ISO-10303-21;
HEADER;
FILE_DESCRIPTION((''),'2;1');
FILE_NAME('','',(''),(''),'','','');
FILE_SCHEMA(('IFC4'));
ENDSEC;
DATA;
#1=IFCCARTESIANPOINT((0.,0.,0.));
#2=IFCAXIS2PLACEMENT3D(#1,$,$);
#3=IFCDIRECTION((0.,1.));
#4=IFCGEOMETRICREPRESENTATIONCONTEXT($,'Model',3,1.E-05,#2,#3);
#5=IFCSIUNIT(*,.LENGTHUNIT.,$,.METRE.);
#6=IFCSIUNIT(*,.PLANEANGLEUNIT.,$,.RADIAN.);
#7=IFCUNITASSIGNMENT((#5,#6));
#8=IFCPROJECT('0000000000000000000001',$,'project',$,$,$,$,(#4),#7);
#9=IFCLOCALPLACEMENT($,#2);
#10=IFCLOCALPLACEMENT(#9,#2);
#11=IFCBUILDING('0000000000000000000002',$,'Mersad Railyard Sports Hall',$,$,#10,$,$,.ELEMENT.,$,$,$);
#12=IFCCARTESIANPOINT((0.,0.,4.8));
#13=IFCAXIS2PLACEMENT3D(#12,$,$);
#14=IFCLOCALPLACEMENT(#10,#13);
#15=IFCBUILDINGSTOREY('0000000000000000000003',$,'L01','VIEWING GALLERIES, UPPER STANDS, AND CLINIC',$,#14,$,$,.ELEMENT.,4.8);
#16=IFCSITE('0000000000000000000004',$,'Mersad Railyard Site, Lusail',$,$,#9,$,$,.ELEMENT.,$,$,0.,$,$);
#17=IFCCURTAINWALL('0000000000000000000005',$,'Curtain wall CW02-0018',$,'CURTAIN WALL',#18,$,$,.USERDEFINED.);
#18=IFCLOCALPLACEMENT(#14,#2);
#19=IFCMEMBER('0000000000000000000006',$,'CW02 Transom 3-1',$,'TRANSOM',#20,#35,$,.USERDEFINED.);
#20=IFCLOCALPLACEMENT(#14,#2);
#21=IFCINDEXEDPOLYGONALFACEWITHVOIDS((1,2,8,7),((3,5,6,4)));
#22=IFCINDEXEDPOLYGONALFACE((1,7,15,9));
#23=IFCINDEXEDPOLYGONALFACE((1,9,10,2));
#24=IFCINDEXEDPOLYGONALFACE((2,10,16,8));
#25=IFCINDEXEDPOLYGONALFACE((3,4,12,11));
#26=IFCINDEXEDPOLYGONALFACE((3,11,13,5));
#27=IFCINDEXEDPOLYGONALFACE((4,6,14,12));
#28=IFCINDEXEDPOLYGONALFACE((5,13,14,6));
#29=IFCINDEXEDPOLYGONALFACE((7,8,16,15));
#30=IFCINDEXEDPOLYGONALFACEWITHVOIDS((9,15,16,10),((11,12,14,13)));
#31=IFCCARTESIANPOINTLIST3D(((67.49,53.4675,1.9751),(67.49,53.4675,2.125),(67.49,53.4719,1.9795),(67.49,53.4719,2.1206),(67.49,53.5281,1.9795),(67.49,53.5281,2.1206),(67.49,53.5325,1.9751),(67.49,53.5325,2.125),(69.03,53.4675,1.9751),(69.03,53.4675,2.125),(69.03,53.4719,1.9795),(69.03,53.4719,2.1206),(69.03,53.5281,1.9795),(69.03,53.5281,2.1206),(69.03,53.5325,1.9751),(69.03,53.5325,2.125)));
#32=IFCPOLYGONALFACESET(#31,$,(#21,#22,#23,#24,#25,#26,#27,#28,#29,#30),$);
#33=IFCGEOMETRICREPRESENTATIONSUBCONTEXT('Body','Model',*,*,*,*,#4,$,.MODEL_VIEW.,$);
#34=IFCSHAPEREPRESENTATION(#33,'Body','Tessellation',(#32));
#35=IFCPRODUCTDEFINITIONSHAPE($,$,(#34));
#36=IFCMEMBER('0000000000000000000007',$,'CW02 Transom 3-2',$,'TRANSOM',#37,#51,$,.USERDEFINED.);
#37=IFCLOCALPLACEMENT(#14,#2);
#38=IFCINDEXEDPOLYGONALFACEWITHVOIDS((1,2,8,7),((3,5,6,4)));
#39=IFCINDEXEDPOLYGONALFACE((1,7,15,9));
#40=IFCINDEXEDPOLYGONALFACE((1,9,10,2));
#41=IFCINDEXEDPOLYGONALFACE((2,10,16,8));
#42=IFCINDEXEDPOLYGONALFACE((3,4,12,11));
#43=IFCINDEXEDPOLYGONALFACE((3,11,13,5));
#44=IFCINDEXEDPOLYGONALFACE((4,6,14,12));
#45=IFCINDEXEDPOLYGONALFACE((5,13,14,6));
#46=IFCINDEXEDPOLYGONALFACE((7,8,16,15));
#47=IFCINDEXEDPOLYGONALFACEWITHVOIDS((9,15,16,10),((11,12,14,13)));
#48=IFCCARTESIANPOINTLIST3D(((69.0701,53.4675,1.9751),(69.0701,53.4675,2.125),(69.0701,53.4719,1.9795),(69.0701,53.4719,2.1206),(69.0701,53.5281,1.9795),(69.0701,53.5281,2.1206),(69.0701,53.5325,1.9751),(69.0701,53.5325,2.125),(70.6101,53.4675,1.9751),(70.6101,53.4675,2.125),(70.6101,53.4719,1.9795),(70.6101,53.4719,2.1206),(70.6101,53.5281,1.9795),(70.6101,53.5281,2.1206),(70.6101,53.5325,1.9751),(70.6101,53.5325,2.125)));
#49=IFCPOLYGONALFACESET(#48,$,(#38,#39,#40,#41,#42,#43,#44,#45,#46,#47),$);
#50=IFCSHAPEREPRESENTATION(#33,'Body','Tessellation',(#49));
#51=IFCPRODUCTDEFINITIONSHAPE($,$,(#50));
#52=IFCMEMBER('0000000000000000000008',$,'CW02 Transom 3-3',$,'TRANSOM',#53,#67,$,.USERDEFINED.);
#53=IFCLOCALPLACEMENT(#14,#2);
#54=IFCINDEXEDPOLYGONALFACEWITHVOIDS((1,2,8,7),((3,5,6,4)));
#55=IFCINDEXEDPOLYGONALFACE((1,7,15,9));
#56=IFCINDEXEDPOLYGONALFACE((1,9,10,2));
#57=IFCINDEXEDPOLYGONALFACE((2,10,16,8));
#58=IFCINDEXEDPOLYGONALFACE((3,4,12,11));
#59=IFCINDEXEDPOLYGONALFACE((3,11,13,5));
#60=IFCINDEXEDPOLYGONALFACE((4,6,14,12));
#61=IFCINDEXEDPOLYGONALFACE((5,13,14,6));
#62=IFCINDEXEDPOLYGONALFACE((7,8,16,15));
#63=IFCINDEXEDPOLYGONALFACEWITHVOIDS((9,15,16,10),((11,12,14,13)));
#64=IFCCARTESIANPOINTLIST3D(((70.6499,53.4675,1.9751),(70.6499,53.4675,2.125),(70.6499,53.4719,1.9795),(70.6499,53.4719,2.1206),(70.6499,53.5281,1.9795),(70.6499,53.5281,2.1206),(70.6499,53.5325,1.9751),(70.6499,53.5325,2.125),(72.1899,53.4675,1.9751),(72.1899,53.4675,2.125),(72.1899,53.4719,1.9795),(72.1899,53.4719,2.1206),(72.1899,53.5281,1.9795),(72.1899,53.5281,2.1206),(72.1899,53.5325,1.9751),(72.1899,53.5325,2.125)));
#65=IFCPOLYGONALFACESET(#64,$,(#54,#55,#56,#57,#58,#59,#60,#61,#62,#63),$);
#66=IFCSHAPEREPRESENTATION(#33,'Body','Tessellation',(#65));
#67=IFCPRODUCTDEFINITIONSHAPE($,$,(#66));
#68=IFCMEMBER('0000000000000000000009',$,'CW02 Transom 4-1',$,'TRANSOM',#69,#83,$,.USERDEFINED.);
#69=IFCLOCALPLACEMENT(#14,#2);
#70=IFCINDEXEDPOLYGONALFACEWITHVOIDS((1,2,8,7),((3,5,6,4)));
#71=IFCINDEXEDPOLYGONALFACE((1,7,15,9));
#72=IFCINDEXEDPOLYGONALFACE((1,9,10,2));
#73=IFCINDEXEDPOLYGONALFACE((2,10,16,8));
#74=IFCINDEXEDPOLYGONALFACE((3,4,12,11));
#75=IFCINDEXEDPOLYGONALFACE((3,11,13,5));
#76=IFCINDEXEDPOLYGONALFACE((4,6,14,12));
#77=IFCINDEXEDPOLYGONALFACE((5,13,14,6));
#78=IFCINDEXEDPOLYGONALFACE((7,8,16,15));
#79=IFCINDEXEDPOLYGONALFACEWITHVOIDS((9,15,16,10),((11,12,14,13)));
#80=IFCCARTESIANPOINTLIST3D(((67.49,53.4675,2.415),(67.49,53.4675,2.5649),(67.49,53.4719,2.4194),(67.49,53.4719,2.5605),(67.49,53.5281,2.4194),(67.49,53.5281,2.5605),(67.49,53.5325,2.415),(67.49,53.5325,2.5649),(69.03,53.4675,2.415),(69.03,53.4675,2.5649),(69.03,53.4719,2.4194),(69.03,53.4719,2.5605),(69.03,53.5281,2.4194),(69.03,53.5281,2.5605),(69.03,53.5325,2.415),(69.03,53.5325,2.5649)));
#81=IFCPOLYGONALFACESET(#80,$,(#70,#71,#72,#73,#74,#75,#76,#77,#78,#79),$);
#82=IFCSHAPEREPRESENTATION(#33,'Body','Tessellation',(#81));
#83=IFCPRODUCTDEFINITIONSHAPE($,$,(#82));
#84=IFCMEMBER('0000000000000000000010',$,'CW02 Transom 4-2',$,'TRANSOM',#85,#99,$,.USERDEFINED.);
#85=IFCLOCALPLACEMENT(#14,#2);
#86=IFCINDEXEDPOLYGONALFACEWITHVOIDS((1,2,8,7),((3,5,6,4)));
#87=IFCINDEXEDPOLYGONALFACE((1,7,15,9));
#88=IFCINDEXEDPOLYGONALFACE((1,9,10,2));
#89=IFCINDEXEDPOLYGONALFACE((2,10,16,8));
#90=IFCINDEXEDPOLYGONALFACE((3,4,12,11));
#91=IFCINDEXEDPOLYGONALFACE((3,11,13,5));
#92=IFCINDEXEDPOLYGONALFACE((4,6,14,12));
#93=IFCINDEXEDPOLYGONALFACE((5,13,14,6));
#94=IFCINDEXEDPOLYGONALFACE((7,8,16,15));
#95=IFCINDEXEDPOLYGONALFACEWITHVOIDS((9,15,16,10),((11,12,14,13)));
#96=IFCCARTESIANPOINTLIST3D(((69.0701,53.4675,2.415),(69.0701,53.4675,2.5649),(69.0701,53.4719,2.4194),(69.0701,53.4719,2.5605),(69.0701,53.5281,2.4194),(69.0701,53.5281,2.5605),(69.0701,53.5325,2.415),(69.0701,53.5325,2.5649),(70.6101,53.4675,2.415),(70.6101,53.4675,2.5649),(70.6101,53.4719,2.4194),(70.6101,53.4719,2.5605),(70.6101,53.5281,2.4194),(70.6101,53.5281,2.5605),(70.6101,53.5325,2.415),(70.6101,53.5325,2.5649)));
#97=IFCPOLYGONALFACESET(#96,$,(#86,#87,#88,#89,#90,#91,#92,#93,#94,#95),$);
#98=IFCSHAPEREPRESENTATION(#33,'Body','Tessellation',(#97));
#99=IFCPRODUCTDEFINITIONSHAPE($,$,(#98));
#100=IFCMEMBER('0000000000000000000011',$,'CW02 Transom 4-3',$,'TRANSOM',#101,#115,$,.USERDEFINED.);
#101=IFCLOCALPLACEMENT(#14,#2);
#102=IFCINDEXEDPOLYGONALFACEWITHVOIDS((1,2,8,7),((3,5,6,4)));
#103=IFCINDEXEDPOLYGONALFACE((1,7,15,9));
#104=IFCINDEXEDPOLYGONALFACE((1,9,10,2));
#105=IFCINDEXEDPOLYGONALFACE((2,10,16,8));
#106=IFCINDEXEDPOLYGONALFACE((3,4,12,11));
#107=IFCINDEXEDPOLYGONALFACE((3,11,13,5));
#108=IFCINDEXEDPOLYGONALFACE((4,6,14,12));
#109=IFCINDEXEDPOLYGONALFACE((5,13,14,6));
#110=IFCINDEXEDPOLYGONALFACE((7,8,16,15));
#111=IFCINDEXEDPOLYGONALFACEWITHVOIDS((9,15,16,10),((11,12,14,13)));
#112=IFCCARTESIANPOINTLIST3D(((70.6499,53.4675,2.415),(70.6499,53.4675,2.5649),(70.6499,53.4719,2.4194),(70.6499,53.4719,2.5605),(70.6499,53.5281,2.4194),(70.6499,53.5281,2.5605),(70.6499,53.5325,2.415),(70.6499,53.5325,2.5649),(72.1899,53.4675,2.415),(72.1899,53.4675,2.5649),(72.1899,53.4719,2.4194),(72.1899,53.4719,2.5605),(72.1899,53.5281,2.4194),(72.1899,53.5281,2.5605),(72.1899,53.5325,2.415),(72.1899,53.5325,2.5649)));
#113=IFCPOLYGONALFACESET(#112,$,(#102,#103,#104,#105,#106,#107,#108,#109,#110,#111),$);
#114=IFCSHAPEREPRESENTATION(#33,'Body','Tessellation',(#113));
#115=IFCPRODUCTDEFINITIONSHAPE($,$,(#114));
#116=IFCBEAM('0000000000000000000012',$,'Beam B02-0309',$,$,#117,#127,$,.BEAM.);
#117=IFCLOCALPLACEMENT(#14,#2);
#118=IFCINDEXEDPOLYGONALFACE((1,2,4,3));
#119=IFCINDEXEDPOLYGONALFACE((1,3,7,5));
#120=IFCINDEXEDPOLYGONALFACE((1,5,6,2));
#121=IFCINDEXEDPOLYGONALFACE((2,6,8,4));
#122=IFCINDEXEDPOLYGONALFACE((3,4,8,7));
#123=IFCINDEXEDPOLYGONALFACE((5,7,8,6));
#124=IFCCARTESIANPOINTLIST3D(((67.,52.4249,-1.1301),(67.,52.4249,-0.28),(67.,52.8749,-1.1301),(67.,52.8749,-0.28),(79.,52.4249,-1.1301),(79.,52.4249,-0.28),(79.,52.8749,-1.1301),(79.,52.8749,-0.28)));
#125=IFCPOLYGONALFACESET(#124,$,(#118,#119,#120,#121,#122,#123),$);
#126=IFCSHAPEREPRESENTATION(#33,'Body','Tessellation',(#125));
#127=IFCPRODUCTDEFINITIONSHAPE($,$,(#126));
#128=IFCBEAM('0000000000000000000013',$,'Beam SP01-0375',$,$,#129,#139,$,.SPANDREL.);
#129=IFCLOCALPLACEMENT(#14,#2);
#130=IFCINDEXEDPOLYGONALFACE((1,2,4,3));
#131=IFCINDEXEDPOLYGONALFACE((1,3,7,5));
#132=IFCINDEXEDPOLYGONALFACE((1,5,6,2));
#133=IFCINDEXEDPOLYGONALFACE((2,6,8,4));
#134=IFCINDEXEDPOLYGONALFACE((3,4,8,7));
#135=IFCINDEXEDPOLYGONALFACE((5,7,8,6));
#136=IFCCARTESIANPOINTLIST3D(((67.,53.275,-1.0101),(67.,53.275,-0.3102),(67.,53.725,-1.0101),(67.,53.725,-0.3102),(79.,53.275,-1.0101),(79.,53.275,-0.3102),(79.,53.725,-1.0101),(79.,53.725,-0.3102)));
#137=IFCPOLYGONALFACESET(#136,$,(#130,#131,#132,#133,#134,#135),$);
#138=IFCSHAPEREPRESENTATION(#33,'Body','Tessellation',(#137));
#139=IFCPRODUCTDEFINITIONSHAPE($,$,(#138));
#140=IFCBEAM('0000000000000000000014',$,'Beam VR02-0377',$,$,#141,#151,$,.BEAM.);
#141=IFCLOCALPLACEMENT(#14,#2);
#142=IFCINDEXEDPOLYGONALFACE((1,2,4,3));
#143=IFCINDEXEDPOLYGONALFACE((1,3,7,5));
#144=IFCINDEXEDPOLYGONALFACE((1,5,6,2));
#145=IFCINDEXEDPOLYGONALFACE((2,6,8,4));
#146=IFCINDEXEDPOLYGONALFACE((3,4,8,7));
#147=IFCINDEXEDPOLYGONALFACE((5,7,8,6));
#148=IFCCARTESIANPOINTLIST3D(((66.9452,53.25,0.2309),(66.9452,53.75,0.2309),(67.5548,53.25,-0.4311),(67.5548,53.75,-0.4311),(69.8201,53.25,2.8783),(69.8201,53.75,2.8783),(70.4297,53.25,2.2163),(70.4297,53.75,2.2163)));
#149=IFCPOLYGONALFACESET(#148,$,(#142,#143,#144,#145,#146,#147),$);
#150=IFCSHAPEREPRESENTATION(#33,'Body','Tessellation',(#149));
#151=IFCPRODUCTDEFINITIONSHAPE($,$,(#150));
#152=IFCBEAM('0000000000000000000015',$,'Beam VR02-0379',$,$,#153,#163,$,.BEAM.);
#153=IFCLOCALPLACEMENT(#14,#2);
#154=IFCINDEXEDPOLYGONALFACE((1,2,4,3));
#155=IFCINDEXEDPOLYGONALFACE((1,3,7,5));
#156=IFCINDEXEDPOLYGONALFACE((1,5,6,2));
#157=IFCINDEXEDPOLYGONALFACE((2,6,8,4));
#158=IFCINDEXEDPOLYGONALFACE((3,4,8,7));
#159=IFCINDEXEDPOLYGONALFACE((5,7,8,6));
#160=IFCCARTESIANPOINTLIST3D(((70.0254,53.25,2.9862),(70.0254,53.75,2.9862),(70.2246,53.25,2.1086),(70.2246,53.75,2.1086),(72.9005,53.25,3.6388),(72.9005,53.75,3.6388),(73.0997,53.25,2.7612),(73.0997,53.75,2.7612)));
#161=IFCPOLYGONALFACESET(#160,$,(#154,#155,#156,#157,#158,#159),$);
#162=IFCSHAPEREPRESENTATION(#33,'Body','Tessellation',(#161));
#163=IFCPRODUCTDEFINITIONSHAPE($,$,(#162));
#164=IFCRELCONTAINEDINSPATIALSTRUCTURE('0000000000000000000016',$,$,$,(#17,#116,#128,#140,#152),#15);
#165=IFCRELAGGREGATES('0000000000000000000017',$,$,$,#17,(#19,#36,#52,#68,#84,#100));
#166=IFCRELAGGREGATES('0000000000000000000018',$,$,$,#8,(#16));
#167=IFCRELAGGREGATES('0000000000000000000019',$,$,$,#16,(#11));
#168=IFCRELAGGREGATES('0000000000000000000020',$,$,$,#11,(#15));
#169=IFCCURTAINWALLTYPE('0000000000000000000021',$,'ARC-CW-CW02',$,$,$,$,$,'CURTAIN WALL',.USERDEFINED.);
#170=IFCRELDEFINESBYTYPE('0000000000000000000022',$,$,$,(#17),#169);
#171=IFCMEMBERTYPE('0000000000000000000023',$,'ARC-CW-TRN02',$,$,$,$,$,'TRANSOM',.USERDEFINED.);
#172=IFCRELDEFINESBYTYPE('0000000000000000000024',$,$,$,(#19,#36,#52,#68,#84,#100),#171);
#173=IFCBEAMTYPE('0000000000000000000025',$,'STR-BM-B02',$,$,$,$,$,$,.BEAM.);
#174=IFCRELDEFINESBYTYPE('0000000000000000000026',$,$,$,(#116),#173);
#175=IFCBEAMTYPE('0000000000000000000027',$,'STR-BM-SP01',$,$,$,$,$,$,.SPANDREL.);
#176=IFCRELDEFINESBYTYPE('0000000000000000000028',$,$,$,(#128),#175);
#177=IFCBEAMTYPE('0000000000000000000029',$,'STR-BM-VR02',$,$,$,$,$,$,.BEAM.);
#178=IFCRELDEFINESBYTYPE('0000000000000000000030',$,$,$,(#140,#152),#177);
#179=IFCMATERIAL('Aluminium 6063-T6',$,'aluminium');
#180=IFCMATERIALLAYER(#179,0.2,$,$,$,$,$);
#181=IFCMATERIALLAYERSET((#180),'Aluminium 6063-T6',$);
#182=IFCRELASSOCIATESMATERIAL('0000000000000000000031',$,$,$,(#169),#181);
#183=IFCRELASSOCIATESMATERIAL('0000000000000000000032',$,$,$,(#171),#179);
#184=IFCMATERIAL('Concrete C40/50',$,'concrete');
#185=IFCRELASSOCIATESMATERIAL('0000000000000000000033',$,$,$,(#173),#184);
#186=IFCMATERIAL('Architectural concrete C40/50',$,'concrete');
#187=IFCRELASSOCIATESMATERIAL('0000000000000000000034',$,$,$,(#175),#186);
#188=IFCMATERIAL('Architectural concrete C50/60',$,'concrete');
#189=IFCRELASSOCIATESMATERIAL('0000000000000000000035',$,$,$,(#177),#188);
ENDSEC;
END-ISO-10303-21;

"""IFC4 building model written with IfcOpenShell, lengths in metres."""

from ifc_helpers import new_model, si_unit, direction, frame, origin, origin_2d, place, context, subcontext, project, spatial, rectangle, hollow_rectangle, extrude, material, layer, layer_set, material_profile, profile_set, type_object, element, aggregate, save


model = new_model("IFC4")

# Units and contexts
model_context = context("Model", 3, precision=1e-05, world=origin(), true_north=direction((0.0, 1.0)))
body_context = subcontext(model_context, "Body", "Model", "MODEL_VIEW")
ifc_project = project(units=[si_unit("LENGTHUNIT", "METRE"), si_unit("PLANEANGLEUNIT", "RADIAN")], contexts=[model_context])

# Site, building, storey
site_placement = place(None, origin())
site = spatial("IfcSite", under=ifc_project, at=site_placement, Name="Mersad Railyard Site, Lusail", CompositionType="ELEMENT", RefElevation=0.0)
building_placement = place(site_placement, origin())
building = spatial("IfcBuilding", under=site, at=building_placement, Name="Mersad Railyard Sports Hall", CompositionType="ELEMENT")
storey_placement = place(building_placement, frame((0.0, 0.0, 4.8)))
storey = spatial("IfcBuildingStorey", under=building, at=storey_placement, Name="L01", Description="VIEWING GALLERIES, UPPER STANDS, AND CLINIC", CompositionType="ELEMENT", Elevation=4.8)

# Shared definitions
ifc_material_1 = material(Name="Architectural concrete C50/60", Category="concrete")

# Shared definitions
ifc_material_2 = material(Name="Aluminium 6063-T6", Category="aluminium")
ifc_layer_1 = layer(ifc_material_2, 0.2)
ifc_layer_set_1 = layer_set([ifc_layer_1], Name="Aluminium 6063-T6")
curtain_wall_type = type_object("IfcCurtainWallType", Name="ARC-CW-CW02", ElementType="CURTAIN WALL", PredefinedType="USERDEFINED", material=ifc_layer_set_1)

# Curtain wall, members
curtain_wall_1_placement = place(storey_placement, origin())
curtain_wall_1 = element("IfcCurtainWall", 1, at=curtain_wall_1_placement, inside=storey, type_object=curtain_wall_type, Name="Curtain wall CW02-0018", ObjectType="CURTAIN WALL", PredefinedType="USERDEFINED")
ifc_material_profile_1 = material_profile(ifc_material_2, hollow_rectangle(XDim=0.0649, YDim=0.1499, WallThickness=0.0044, at=origin_2d()), Name="AL TRANSOM 65x150x4.5")
ifc_profile_set_1 = profile_set([ifc_material_profile_1], Name="Aluminium 6063-T6")
member_type_1 = type_object("IfcMemberType", Name="ARC-CW-TRN02", ElementType="TRANSOM", PredefinedType="USERDEFINED", material=ifc_profile_set_1)
member_1_placement = place(storey_placement, frame((67.49, 53.5, 2.05), z_axis=(1.0, 0.0, 0.0), x_axis=(0.0, 1.0, 0.0)))
member_1 = element("IfcMember", 2, at=member_1_placement, type_object=member_type_1, Name="CW02 Transom 3-1", ObjectType="TRANSOM", PredefinedType="USERDEFINED", context=body_context, shape_type="SweptSolid", body=[
    extrude(hollow_rectangle(XDim=0.0649, YDim=0.1499, WallThickness=0.0044, at=origin_2d()), origin(), (0.0, 0.0, 1.0), 1.54),
])
member_2_placement = place(storey_placement, frame((69.0701, 53.5, 2.05), z_axis=(1.0, 0.0, 0.0), x_axis=(0.0, 1.0, 0.0)))
member_2 = element("IfcMember", 3, at=member_2_placement, type_object=member_type_1, Name="CW02 Transom 3-2", ObjectType="TRANSOM", PredefinedType="USERDEFINED", context=body_context, shape_type="SweptSolid", body=[
    extrude(hollow_rectangle(XDim=0.0649, YDim=0.1499, WallThickness=0.0044, at=origin_2d()), origin(), (0.0, 0.0, 1.0), 1.54),
])
member_3_placement = place(storey_placement, frame((70.6499, 53.5, 2.05), z_axis=(1.0, 0.0, 0.0), x_axis=(0.0, 1.0, 0.0)))
member_3 = element("IfcMember", 4, at=member_3_placement, type_object=member_type_1, Name="CW02 Transom 3-3", ObjectType="TRANSOM", PredefinedType="USERDEFINED", context=body_context, shape_type="SweptSolid", body=[
    extrude(hollow_rectangle(XDim=0.0649, YDim=0.1499, WallThickness=0.0044, at=origin_2d()), origin(), (0.0, 0.0, 1.0), 1.54),
])
member_4_placement = place(storey_placement, frame((67.49, 53.5, 2.49), z_axis=(1.0, 0.0, 0.0), x_axis=(0.0, 1.0, 0.0)))
member_4 = element("IfcMember", 5, at=member_4_placement, type_object=member_type_1, Name="CW02 Transom 4-1", ObjectType="TRANSOM", PredefinedType="USERDEFINED", context=body_context, shape_type="SweptSolid", body=[
    extrude(hollow_rectangle(XDim=0.0649, YDim=0.1499, WallThickness=0.0044, at=origin_2d()), origin(), (0.0, 0.0, 1.0), 1.54),
])
member_5_placement = place(storey_placement, frame((69.0701, 53.5, 2.49), z_axis=(1.0, 0.0, 0.0), x_axis=(0.0, 1.0, 0.0)))
member_5 = element("IfcMember", 6, at=member_5_placement, type_object=member_type_1, Name="CW02 Transom 4-2", ObjectType="TRANSOM", PredefinedType="USERDEFINED", context=body_context, shape_type="SweptSolid", body=[
    extrude(hollow_rectangle(XDim=0.0649, YDim=0.1499, WallThickness=0.0044, at=origin_2d()), origin(), (0.0, 0.0, 1.0), 1.54),
])
member_6_placement = place(storey_placement, frame((70.6499, 53.5, 2.49), z_axis=(1.0, 0.0, 0.0), x_axis=(0.0, 1.0, 0.0)))
member_6 = element("IfcMember", 7, at=member_6_placement, type_object=member_type_1, Name="CW02 Transom 4-3", ObjectType="TRANSOM", PredefinedType="USERDEFINED", context=body_context, shape_type="SweptSolid", body=[
    extrude(hollow_rectangle(XDim=0.0649, YDim=0.1499, WallThickness=0.0044, at=origin_2d()), origin(), (0.0, 0.0, 1.0), 1.54),
])

# Beams
ifc_material_3 = material(Name="Concrete C40/50", Category="concrete")
ifc_material_profile_2 = material_profile(ifc_material_3, rectangle(XDim=0.45, YDim=0.8501, at=origin_2d()), Name="RC 450x850")
ifc_profile_set_2 = profile_set([ifc_material_profile_2], Name="Concrete C40/50")
beam_type_1 = type_object("IfcBeamType", Name="STR-BM-B02", PredefinedType="BEAM", material=ifc_profile_set_2)
beam_1_placement = place(storey_placement, frame((67.0, 52.6499, -0.7051), z_axis=(1.0, 0.0, 0.0), x_axis=(0.0, 1.0, 0.0)))
element("IfcBeam", 8, at=beam_1_placement, inside=storey, type_object=beam_type_1, Name="Beam B02-0309", PredefinedType="BEAM", context=body_context, shape_type="SweptSolid", body=[
    extrude(rectangle(XDim=0.45, YDim=0.8501, at=origin_2d()), origin(), (0.0, 0.0, 1.0), 12.0),
])
ifc_material_4 = material(Name="Architectural concrete C40/50", Category="concrete")
ifc_material_profile_3 = material_profile(ifc_material_4, rectangle(XDim=0.45, YDim=0.7, at=origin_2d()), Name="RC 450x700")
ifc_profile_set_3 = profile_set([ifc_material_profile_3], Name="Architectural concrete C40/50")
beam_type_2 = type_object("IfcBeamType", Name="STR-BM-SP01", PredefinedType="SPANDREL", material=ifc_profile_set_3)
beam_2_placement = place(storey_placement, frame((67.0, 53.5, -0.6602), z_axis=(1.0, 0.0, 0.0), x_axis=(0.0, 1.0, 0.0)))
element("IfcBeam", 9, at=beam_2_placement, inside=storey, type_object=beam_type_2, Name="Beam SP01-0375", PredefinedType="SPANDREL", context=body_context, shape_type="SweptSolid", body=[
    extrude(rectangle(XDim=0.45, YDim=0.7, at=origin_2d()), origin(), (0.0, 0.0, 1.0), 12.0),
])
ifc_material_profile_4 = material_profile(ifc_material_1, rectangle(XDim=0.5, YDim=0.8999, at=origin_2d()), Name="VR 500x900")
ifc_profile_set_4 = profile_set([ifc_material_profile_4], Name="Architectural concrete C50/60")
beam_type_3 = type_object("IfcBeamType", Name="STR-BM-VR02", PredefinedType="BEAM", material=ifc_profile_set_4)
beam_3_placement = place(storey_placement, frame((67.25, 53.5, -0.1001), z_axis=(0.735617, 0.0, 0.677397), x_axis=(0.0, 1.0, 0.0)))
element("IfcBeam", 10, at=beam_3_placement, inside=storey, type_object=beam_type_3, Name="Beam VR02-0377", PredefinedType="BEAM", context=body_context, shape_type="SweptSolid", body=[
    extrude(rectangle(XDim=0.5, YDim=0.8999, at=origin_2d()), origin(), (0.0, 0.0, 1.0), 3.9082),
])
beam_4_placement = place(storey_placement, frame((70.125, 53.5, 2.5474), z_axis=(0.975193, 0.0, 0.221356), x_axis=(0.0, 1.0, 0.0)))
element("IfcBeam", 11, at=beam_4_placement, inside=storey, type_object=beam_type_3, Name="Beam VR02-0379", PredefinedType="BEAM", context=body_context, shape_type="SweptSolid", body=[
    extrude(rectangle(XDim=0.5, YDim=0.8999, at=origin_2d()), origin(), (0.0, 0.0, 1.0), 2.9482),
])

aggregate(curtain_wall_1, [member_1, member_2, member_3, member_4, member_5, member_6])

save(model, "model.ifc")
